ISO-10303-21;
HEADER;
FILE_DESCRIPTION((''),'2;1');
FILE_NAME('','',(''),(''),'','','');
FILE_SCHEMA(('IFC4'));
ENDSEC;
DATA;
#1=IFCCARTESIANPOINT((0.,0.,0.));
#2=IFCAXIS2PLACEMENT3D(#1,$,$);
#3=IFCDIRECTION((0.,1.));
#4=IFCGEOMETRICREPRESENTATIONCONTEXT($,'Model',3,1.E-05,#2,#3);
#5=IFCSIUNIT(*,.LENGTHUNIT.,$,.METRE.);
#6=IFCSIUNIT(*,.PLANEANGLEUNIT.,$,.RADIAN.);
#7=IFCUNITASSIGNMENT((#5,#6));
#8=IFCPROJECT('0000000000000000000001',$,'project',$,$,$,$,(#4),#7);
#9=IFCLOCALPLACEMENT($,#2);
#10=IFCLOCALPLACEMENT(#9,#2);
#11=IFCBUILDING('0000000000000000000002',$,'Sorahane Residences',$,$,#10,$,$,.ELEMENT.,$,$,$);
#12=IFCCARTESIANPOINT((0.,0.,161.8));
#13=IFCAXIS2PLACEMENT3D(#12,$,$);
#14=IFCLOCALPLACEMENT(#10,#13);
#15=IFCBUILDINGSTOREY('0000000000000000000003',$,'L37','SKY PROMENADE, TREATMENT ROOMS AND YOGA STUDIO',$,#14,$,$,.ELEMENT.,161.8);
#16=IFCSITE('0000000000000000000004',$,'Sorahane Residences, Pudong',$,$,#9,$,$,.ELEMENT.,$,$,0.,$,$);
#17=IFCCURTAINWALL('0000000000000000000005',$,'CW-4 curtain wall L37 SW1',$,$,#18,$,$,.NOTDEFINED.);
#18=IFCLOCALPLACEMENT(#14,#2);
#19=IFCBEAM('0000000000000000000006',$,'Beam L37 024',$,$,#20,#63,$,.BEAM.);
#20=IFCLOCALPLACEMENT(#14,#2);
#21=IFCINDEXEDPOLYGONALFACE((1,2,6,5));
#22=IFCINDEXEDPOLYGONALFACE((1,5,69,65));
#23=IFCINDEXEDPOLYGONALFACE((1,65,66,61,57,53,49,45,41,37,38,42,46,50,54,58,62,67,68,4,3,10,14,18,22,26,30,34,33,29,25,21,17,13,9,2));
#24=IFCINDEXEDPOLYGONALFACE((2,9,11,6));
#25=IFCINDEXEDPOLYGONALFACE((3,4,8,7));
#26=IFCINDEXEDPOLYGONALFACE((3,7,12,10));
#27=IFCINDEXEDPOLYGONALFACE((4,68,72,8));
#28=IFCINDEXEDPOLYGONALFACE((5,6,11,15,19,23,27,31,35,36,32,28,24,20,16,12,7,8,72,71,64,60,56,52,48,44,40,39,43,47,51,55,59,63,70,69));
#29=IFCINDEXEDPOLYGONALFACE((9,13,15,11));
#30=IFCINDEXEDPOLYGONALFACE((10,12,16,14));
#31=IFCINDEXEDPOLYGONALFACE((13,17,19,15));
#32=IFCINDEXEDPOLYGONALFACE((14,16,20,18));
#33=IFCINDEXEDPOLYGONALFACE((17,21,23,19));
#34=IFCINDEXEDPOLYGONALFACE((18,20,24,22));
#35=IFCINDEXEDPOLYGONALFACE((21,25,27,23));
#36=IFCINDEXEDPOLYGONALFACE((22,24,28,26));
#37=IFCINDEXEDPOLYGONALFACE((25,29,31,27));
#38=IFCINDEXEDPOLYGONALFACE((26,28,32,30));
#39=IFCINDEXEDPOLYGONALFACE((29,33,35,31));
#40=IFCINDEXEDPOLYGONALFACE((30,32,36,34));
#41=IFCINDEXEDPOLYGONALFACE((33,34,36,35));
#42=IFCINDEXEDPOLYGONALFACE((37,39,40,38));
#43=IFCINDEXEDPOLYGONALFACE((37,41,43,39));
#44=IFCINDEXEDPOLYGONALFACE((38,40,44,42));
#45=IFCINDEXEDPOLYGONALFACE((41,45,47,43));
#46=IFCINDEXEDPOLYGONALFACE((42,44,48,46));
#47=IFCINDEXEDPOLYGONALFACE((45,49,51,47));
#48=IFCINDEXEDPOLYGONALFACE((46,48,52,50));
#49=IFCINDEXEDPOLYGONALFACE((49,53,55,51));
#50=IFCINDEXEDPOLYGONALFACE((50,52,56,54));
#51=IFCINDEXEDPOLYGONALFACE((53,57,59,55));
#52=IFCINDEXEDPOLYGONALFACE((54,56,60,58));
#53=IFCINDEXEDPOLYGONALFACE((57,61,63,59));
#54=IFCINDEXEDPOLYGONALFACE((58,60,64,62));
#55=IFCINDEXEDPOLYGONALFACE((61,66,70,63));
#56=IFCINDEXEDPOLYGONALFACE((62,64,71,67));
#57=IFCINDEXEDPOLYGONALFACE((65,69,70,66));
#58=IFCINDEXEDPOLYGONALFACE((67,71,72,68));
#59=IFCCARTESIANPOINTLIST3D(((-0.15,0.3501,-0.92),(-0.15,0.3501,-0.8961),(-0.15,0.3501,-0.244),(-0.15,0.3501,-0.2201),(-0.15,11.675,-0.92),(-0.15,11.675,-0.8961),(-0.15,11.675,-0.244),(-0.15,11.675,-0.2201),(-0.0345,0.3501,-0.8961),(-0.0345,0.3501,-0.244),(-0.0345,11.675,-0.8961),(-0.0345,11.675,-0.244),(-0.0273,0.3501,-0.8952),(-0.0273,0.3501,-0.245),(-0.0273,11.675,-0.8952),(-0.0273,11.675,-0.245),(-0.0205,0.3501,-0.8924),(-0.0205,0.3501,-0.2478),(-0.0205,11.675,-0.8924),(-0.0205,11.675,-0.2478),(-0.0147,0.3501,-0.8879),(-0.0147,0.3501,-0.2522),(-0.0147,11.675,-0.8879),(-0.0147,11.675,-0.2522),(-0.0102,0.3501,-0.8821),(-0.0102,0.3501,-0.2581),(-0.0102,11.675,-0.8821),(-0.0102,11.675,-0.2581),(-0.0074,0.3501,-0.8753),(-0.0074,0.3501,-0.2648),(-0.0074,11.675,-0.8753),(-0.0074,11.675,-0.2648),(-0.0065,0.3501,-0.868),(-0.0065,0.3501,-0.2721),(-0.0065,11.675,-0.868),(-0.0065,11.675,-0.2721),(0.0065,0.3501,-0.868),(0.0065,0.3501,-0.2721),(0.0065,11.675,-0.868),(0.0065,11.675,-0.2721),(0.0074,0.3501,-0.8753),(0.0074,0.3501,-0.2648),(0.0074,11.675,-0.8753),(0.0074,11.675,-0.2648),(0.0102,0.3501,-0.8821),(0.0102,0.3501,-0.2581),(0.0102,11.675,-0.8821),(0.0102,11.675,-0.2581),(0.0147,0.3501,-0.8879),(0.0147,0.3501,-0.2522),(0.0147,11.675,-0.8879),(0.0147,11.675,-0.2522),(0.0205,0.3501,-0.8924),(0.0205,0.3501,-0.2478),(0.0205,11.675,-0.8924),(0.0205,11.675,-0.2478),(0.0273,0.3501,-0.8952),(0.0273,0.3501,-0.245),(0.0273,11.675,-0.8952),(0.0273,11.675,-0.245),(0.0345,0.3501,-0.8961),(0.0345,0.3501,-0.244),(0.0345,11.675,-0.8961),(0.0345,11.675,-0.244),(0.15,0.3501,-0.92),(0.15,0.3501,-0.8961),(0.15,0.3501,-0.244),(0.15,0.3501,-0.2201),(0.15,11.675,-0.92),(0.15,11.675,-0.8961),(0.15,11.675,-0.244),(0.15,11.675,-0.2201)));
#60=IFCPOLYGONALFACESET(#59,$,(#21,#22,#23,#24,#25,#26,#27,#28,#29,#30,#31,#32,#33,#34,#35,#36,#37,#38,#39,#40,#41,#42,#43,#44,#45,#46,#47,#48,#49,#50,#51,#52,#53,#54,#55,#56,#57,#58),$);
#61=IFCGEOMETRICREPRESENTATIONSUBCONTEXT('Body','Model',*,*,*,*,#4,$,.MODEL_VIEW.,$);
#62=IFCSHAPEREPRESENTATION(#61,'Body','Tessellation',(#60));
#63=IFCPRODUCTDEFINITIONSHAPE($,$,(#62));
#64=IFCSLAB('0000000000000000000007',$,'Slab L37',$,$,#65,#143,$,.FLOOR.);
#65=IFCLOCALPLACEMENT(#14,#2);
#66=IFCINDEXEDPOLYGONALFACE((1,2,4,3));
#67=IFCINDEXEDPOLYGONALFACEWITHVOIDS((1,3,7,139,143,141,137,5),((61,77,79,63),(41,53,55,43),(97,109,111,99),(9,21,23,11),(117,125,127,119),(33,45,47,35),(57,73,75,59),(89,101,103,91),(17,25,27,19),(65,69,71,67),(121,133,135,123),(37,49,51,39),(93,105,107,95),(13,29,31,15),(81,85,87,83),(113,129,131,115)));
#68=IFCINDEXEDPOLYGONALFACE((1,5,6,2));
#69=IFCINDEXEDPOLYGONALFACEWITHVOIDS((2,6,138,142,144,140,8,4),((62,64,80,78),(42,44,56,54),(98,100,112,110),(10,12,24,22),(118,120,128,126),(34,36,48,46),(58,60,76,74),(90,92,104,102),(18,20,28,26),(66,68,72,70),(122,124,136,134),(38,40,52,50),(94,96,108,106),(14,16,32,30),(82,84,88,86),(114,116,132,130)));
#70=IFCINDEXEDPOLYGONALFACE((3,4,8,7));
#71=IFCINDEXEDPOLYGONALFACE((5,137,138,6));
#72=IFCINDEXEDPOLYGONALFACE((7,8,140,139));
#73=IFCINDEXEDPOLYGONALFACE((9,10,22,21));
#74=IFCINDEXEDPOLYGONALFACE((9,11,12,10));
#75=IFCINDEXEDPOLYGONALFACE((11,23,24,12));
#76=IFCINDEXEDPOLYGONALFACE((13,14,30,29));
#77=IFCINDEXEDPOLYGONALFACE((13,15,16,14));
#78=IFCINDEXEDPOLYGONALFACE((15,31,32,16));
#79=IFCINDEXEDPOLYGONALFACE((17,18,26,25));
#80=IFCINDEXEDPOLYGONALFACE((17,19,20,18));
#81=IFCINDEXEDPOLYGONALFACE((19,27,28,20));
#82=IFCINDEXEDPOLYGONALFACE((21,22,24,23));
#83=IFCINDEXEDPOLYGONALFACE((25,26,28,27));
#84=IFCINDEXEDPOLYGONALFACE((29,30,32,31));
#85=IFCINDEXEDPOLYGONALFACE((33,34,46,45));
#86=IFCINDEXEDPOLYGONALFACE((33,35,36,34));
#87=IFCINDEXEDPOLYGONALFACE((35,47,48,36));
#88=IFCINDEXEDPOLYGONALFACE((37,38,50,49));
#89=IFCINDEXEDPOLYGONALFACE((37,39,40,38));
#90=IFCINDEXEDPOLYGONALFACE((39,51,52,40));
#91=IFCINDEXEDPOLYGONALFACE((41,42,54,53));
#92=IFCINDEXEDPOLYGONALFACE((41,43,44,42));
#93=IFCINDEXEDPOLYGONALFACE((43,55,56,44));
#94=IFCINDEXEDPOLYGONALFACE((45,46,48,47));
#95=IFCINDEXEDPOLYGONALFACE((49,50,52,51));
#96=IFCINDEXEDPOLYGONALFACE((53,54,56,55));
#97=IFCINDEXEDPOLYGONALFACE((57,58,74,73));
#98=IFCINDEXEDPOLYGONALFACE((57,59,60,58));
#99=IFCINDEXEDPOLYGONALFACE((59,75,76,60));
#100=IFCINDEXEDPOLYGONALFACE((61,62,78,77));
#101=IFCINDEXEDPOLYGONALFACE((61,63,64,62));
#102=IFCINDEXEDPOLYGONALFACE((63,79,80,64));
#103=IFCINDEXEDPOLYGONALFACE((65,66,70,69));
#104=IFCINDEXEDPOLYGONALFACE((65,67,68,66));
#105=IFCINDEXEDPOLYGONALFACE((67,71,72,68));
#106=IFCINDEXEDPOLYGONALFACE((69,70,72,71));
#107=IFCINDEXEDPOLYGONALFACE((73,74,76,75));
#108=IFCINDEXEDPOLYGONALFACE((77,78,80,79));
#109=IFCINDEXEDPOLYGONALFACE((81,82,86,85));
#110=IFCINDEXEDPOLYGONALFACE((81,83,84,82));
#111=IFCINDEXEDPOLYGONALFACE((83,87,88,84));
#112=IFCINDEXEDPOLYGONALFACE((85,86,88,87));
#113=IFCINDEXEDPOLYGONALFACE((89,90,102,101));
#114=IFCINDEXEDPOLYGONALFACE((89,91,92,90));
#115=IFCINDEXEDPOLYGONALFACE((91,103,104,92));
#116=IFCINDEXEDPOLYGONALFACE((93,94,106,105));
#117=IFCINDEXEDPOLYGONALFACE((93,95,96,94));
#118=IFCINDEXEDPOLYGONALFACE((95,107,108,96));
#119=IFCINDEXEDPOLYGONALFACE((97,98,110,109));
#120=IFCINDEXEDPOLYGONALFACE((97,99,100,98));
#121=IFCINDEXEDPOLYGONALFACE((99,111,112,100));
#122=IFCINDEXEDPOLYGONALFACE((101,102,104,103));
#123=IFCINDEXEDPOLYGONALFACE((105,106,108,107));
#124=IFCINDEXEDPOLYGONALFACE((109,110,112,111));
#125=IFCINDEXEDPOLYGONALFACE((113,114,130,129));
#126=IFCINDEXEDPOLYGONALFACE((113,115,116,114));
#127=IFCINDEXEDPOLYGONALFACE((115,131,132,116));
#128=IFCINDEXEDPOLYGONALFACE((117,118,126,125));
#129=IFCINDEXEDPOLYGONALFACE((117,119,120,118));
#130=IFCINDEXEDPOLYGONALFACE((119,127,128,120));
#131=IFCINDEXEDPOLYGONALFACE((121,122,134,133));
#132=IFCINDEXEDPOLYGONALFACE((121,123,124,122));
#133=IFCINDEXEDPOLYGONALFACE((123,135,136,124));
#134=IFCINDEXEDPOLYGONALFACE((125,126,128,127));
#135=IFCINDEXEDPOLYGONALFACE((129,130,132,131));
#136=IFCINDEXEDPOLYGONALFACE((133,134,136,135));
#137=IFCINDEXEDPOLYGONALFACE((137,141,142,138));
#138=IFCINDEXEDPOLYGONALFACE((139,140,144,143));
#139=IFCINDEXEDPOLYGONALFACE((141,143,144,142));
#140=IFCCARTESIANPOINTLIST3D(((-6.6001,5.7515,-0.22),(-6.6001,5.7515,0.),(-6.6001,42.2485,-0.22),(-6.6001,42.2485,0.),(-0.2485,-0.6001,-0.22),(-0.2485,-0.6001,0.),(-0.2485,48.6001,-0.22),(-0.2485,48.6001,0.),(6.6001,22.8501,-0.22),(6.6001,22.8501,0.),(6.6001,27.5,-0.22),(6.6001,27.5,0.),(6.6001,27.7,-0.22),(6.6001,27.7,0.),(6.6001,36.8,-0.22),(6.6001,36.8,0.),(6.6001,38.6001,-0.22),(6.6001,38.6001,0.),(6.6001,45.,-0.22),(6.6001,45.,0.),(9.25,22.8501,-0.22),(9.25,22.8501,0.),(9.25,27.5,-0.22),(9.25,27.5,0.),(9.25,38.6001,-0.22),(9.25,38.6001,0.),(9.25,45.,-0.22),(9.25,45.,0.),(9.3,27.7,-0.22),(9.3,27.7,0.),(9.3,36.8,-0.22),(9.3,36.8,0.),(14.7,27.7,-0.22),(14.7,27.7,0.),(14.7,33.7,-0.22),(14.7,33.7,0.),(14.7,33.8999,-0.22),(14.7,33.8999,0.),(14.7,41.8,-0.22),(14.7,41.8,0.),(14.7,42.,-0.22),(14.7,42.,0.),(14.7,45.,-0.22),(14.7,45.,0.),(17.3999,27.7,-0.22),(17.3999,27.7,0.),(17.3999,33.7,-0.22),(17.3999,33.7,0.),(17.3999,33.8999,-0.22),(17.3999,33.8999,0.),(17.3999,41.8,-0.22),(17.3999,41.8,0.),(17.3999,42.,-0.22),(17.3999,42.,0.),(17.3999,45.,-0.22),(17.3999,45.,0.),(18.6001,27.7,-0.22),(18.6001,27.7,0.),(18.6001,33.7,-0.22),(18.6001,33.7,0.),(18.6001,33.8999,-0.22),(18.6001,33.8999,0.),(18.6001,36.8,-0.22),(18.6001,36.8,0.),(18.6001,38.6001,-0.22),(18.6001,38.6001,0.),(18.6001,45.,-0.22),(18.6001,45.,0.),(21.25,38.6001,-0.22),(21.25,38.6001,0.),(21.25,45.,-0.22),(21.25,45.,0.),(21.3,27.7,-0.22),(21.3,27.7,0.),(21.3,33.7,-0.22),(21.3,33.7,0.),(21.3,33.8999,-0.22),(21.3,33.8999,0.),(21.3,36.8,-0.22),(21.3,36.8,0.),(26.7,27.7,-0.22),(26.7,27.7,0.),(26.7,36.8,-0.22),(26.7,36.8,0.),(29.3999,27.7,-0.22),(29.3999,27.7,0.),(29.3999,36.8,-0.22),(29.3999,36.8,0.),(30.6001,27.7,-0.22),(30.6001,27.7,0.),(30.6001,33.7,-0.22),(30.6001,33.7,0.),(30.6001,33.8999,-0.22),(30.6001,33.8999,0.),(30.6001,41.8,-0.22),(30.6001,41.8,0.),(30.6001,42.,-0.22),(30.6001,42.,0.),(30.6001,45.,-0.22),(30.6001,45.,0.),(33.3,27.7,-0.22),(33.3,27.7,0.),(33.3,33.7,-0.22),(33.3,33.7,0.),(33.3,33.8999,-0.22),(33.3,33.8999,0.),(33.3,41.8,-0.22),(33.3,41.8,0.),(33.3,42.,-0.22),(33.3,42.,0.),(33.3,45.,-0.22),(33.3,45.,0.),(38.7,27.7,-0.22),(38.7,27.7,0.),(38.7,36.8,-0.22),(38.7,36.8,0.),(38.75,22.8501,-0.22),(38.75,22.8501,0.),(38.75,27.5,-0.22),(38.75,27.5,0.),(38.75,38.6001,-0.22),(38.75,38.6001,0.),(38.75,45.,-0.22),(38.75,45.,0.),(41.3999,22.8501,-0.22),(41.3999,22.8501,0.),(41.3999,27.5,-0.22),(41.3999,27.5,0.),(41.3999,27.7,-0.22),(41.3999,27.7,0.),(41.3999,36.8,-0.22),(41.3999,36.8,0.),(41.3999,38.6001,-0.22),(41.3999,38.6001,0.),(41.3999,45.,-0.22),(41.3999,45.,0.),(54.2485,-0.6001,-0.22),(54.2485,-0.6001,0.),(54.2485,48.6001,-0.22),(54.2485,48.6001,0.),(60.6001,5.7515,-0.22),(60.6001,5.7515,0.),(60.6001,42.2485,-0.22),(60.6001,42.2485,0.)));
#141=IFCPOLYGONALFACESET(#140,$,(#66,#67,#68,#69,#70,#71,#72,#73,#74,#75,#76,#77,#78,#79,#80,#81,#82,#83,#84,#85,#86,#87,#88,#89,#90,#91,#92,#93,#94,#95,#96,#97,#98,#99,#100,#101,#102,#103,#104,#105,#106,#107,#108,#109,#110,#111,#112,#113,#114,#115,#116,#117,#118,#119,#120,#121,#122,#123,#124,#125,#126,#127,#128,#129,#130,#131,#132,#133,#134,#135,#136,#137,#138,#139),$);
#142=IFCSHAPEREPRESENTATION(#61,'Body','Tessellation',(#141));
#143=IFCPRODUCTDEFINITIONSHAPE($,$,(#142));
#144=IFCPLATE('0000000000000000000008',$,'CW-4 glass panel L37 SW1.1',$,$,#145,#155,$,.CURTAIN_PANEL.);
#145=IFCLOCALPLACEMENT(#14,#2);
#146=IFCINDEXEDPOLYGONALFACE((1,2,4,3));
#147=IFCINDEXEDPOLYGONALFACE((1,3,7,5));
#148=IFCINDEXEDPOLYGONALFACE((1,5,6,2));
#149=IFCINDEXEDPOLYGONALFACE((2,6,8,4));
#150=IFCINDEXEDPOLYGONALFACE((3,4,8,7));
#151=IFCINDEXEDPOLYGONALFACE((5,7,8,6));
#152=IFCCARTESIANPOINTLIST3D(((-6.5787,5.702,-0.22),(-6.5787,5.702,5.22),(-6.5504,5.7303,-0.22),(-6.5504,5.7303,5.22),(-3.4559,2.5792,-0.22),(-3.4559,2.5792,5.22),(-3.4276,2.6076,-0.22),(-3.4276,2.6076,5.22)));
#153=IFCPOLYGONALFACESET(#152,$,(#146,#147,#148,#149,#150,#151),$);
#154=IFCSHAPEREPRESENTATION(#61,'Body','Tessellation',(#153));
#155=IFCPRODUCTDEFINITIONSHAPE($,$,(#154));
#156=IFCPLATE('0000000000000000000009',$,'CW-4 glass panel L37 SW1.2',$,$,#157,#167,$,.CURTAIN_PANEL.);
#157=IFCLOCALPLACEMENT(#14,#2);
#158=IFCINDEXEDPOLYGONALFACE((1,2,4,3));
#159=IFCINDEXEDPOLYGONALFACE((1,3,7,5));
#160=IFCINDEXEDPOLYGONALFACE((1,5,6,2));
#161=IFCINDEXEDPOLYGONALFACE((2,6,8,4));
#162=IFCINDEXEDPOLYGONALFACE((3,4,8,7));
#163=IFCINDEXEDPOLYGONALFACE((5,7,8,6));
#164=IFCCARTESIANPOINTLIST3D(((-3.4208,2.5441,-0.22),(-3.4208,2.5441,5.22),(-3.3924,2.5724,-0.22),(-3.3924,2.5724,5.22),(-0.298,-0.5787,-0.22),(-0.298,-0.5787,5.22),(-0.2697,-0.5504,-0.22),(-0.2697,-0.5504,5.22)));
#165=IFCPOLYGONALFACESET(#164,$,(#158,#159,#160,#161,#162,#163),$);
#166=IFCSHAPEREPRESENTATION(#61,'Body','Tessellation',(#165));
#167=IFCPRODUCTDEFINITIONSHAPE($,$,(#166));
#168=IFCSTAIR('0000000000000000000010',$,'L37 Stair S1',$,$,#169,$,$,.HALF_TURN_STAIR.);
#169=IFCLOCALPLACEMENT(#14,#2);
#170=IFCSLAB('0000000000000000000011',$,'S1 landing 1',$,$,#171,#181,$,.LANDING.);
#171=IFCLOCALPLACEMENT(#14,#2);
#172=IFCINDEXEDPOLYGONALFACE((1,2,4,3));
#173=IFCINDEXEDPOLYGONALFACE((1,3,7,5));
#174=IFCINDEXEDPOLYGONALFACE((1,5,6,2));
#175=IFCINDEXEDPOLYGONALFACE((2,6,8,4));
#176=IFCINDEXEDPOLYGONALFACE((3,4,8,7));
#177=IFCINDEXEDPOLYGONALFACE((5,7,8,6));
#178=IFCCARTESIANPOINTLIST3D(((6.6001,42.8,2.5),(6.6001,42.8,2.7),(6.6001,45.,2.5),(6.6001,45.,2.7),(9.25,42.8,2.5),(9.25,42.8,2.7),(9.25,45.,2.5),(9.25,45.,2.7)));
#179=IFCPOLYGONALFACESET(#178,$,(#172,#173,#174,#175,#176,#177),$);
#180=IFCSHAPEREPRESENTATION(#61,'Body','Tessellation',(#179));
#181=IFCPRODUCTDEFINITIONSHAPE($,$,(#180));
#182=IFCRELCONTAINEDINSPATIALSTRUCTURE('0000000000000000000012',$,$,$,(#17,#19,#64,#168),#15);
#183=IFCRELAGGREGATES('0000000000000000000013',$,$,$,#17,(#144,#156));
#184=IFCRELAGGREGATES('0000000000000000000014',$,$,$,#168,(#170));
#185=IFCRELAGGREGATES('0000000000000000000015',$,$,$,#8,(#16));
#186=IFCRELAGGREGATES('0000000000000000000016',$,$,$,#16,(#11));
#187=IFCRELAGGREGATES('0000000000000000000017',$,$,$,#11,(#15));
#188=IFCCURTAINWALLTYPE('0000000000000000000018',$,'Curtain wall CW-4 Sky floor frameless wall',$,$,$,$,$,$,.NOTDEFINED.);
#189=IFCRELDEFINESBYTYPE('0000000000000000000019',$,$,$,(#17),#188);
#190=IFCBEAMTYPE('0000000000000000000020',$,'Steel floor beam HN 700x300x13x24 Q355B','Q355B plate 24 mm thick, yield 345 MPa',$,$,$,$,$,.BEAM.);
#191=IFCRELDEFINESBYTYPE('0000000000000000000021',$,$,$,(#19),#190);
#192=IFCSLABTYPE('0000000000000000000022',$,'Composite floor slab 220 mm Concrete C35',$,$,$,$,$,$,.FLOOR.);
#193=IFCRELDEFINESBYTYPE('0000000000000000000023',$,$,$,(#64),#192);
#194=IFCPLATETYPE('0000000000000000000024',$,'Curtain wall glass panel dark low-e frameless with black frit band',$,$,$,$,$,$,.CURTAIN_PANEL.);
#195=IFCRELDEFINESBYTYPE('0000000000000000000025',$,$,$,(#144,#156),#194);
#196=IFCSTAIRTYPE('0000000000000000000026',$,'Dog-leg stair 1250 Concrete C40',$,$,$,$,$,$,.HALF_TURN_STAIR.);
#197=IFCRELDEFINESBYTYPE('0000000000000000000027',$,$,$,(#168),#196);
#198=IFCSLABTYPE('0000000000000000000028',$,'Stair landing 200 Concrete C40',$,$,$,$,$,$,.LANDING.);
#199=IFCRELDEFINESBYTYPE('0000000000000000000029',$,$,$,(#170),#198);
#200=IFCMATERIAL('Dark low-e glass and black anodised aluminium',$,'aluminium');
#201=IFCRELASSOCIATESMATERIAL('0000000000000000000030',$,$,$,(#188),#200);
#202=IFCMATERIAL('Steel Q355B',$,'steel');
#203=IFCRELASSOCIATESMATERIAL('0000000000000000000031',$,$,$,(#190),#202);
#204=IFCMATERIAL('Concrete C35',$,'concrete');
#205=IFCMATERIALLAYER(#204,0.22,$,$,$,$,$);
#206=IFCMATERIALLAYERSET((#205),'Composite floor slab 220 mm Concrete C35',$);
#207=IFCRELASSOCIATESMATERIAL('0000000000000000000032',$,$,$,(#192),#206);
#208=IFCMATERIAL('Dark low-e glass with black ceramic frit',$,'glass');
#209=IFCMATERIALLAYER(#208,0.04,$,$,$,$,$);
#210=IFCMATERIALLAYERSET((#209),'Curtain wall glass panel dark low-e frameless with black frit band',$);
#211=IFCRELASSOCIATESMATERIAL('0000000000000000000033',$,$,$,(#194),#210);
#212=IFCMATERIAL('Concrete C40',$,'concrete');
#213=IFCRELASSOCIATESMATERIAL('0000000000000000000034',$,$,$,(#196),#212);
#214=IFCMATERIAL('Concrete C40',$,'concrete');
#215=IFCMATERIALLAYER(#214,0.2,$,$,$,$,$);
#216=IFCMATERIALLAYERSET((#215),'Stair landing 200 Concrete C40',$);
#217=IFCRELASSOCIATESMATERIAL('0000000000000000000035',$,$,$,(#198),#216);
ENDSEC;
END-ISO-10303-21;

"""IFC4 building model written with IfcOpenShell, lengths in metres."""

from ifc_helpers import new_model, si_unit, direction, frame, origin, origin_2d, place, context, subcontext, project, spatial, polyline, rectangle, i_section, outline, extrude, material, layer, layer_set, material_profile, profile_set, type_object, element, aggregate, save


model = new_model("IFC4")

# Units and contexts
model_context = context("Model", 3, precision=1e-05, world=origin(), true_north=direction((0.0, 1.0)))
body_context = subcontext(model_context, "Body", "Model", "MODEL_VIEW")
ifc_project = project(units=[si_unit("LENGTHUNIT", "METRE"), si_unit("PLANEANGLEUNIT", "RADIAN")], contexts=[model_context])

# Site, building, storey
site_placement = place(None, origin())
site = spatial("IfcSite", under=ifc_project, at=site_placement, Name="Sorahane Residences, Pudong", CompositionType="ELEMENT", RefElevation=0.0)
building_placement = place(site_placement, origin())
building = spatial("IfcBuilding", under=site, at=building_placement, Name="Sorahane Residences", CompositionType="ELEMENT")
storey_placement = place(building_placement, frame((0.0, 0.0, 161.8)))
storey = spatial("IfcBuildingStorey", under=building, at=storey_placement, Name="L37", Description="SKY PROMENADE, TREATMENT ROOMS AND YOGA STUDIO", CompositionType="ELEMENT", Elevation=161.8)

# Shared definitions
ifc_material_1 = material(Name="Dark low-e glass and black anodised aluminium", Category="aluminium")
curtain_wall_type = type_object("IfcCurtainWallType", Name="Curtain wall CW-4 Sky floor frameless wall", PredefinedType="NOTDEFINED", material=ifc_material_1)

# Curtain wall
curtain_wall_1_placement = place(storey_placement, origin())
curtain_wall_1 = element("IfcCurtainWall", 1, at=curtain_wall_1_placement, inside=storey, type_object=curtain_wall_type, Name="CW-4 curtain wall L37 SW1", PredefinedType="NOTDEFINED")

# Beam
ifc_material_2 = material(Name="Steel Q355B", Category="steel")
ifc_material_profile_1 = material_profile(ifc_material_2, i_section(OverallWidth=0.3, OverallDepth=0.7, WebThickness=0.0129, FlangeThickness=0.0239, FilletRadius=0.0281, at=origin_2d()), Name="HN 700x300x13x24")
ifc_profile_set_1 = profile_set([ifc_material_profile_1], Name="Steel Q355B")
beam_type_1 = type_object("IfcBeamType", Name="Steel floor beam HN 700x300x13x24 Q355B", Description="Q355B plate 24 mm thick, yield 345 MPa", PredefinedType="BEAM", material=ifc_profile_set_1)
beam_1_placement = place(storey_placement, frame((0.0, 0.3501, -0.5701), z_axis=(0.0, 1.0, 0.0), x_axis=(-1.0, 0.0, 0.0)))
element("IfcBeam", 2, at=beam_1_placement, inside=storey, type_object=beam_type_1, Name="Beam L37 024", PredefinedType="BEAM", context=body_context, shape_type="SweptSolid", body=[
    extrude(i_section(OverallWidth=0.3, OverallDepth=0.7, WebThickness=0.0129, FlangeThickness=0.0239, FilletRadius=0.0281, at=origin_2d()), origin(), (0.0, 0.0, 1.0), 11.325),
])

# Slab
ifc_material_3 = material(Name="Concrete C35", Category="concrete")
ifc_layer_1 = layer(ifc_material_3, 0.22)
ifc_layer_set_1 = layer_set([ifc_layer_1], Name="Composite floor slab 220 mm Concrete C35")
slab_type_1 = type_object("IfcSlabType", Name="Composite floor slab 220 mm Concrete C35", PredefinedType="FLOOR", material=ifc_layer_set_1)
slab_1_placement = place(storey_placement, frame((0.0, 0.0, -0.22)))
element("IfcSlab", 3, at=slab_1_placement, inside=storey, type_object=slab_type_1, Name="Slab L37", PredefinedType="FLOOR", context=body_context, shape_type="SweptSolid", body=[
    extrude(outline(polyline([(-0.2485, -0.6001), (-6.6001, 5.7515), (-6.6001, 42.2485), (-0.2485, 48.6001), (54.2485, 48.6001), (60.6001, 42.2485), (60.6001, 5.7515), (54.2485, -0.6001), (-0.2485, -0.6001)]), holes=[polyline([(18.6001, 27.7), (21.3, 27.7), (21.3, 33.7), (18.6001, 33.7), (18.6001, 27.7)]), polyline([(38.7, 27.7), (41.3999, 27.7), (41.3999, 36.8), (38.7, 36.8), (38.7, 27.7)]), polyline([(30.6001, 27.7), (33.3, 27.7), (33.3, 33.7), (30.6001, 33.7), (30.6001, 27.7)]), polyline([(30.6001, 42.0), (33.3, 42.0), (33.3, 45.0), (30.6001, 45.0), (30.6001, 42.0)]), polyline([(14.7, 27.7), (17.3999, 27.7), (17.3999, 33.7), (14.7, 33.7), (14.7, 27.7)]), polyline([(14.7, 42.0), (17.3999, 42.0), (17.3999, 45.0), (14.7, 45.0), (14.7, 42.0)]), polyline([(6.6001, 27.7), (9.3, 27.7), (9.3, 36.8), (6.6001, 36.8), (6.6001, 27.7)]), polyline([(9.25, 38.6001), (9.25, 45.0), (6.6001, 45.0), (6.6001, 38.6001), (9.25, 38.6001)]), polyline([(41.3999, 38.6001), (41.3999, 45.0), (38.75, 45.0), (38.75, 38.6001), (41.3999, 38.6001)]), polyline([(21.25, 38.6001), (21.25, 45.0), (18.6001, 45.0), (18.6001, 38.6001), (21.25, 38.6001)]), polyline([(9.25, 22.8501), (9.25, 27.5), (6.6001, 27.5), (6.6001, 22.8501), (9.25, 22.8501)]), polyline([(41.3999, 22.8501), (41.3999, 27.5), (38.75, 27.5), (38.75, 22.8501), (41.3999, 22.8501)]), polyline([(14.7, 33.8999), (17.3999, 33.8999), (17.3999, 41.8), (14.7, 41.8), (14.7, 33.8999)]), polyline([(30.6001, 33.8999), (33.3, 33.8999), (33.3, 41.8), (30.6001, 41.8), (30.6001, 33.8999)]), polyline([(18.6001, 33.8999), (21.3, 33.8999), (21.3, 36.8), (18.6001, 36.8), (18.6001, 33.8999)]), polyline([(26.7, 27.7), (29.3999, 27.7), (29.3999, 36.8), (26.7, 36.8), (26.7, 27.7)])]), origin(), (0.0, 0.0, 1.0), 0.22),
])

# Plates
ifc_material_4 = material(Name="Dark low-e glass with black ceramic frit", Category="glass")
ifc_layer_2 = layer(ifc_material_4, 0.04)
ifc_layer_set_2 = layer_set([ifc_layer_2], Name="Curtain wall glass panel dark low-e frameless with black frit band")
plate_type = type_object("IfcPlateType", Name="Curtain wall glass panel dark low-e frameless with black frit band", PredefinedType="CURTAIN_PANEL", material=ifc_layer_set_2)
plate_1_placement = place(storey_placement, frame((-5.0032, 4.1548, -0.22), z_axis=(0.0, 0.0, 1.0), x_axis=(0.707107, -0.707107, 0.0)))
plate_1 = element("IfcPlate", 4, at=plate_1_placement, type_object=plate_type, Name="CW-4 glass panel L37 SW1.1", PredefinedType="CURTAIN_PANEL", context=body_context, shape_type="SweptSolid", body=[
    extrude(rectangle(XDim=4.4163, YDim=0.04, at=origin_2d()), origin(), (0.0, 0.0, 1.0), 5.4399),
])
plate_2_placement = place(storey_placement, frame((-1.8452, 0.9968, -0.22), z_axis=(0.0, 0.0, 1.0), x_axis=(0.707107, -0.707107, 0.0)))
plate_2 = element("IfcPlate", 5, at=plate_2_placement, type_object=plate_type, Name="CW-4 glass panel L37 SW1.2", PredefinedType="CURTAIN_PANEL", context=body_context, shape_type="SweptSolid", body=[
    extrude(rectangle(XDim=4.4163, YDim=0.04, at=origin_2d()), origin(), (0.0, 0.0, 1.0), 5.4399),
])
aggregate(curtain_wall_1, [plate_1, plate_2])

# Stair, slab
ifc_material_5 = material(Name="Concrete C40", Category="concrete")
stair_type = type_object("IfcStairType", Name="Dog-leg stair 1250 Concrete C40", PredefinedType="HALF_TURN_STAIR", material=ifc_material_5)
stair_1_placement = place(storey_placement, origin())
stair_1 = element("IfcStair", 6, at=stair_1_placement, inside=storey, type_object=stair_type, Name="L37 Stair S1", PredefinedType="HALF_TURN_STAIR")
ifc_material_6 = material(Name="Concrete C40", Category="concrete")
ifc_layer_3 = layer(ifc_material_6, 0.2)
ifc_layer_set_3 = layer_set([ifc_layer_3], Name="Stair landing 200 Concrete C40")
slab_type_2 = type_object("IfcSlabType", Name="Stair landing 200 Concrete C40", PredefinedType="LANDING", material=ifc_layer_set_3)
slab_2_placement = place(storey_placement, frame((0.0, 0.0, 2.5)))
slab_2 = element("IfcSlab", 7, at=slab_2_placement, type_object=slab_type_2, Name="S1 landing 1", PredefinedType="LANDING", context=body_context, shape_type="SweptSolid", body=[
    extrude(outline(polyline([(9.25, 42.8), (9.25, 45.0), (6.6001, 45.0), (6.6001, 42.8), (9.25, 42.8)])), origin(), (0.0, 0.0, 1.0), 0.2),
])
aggregate(stair_1, [slab_2])

save(model, "model.ifc")
